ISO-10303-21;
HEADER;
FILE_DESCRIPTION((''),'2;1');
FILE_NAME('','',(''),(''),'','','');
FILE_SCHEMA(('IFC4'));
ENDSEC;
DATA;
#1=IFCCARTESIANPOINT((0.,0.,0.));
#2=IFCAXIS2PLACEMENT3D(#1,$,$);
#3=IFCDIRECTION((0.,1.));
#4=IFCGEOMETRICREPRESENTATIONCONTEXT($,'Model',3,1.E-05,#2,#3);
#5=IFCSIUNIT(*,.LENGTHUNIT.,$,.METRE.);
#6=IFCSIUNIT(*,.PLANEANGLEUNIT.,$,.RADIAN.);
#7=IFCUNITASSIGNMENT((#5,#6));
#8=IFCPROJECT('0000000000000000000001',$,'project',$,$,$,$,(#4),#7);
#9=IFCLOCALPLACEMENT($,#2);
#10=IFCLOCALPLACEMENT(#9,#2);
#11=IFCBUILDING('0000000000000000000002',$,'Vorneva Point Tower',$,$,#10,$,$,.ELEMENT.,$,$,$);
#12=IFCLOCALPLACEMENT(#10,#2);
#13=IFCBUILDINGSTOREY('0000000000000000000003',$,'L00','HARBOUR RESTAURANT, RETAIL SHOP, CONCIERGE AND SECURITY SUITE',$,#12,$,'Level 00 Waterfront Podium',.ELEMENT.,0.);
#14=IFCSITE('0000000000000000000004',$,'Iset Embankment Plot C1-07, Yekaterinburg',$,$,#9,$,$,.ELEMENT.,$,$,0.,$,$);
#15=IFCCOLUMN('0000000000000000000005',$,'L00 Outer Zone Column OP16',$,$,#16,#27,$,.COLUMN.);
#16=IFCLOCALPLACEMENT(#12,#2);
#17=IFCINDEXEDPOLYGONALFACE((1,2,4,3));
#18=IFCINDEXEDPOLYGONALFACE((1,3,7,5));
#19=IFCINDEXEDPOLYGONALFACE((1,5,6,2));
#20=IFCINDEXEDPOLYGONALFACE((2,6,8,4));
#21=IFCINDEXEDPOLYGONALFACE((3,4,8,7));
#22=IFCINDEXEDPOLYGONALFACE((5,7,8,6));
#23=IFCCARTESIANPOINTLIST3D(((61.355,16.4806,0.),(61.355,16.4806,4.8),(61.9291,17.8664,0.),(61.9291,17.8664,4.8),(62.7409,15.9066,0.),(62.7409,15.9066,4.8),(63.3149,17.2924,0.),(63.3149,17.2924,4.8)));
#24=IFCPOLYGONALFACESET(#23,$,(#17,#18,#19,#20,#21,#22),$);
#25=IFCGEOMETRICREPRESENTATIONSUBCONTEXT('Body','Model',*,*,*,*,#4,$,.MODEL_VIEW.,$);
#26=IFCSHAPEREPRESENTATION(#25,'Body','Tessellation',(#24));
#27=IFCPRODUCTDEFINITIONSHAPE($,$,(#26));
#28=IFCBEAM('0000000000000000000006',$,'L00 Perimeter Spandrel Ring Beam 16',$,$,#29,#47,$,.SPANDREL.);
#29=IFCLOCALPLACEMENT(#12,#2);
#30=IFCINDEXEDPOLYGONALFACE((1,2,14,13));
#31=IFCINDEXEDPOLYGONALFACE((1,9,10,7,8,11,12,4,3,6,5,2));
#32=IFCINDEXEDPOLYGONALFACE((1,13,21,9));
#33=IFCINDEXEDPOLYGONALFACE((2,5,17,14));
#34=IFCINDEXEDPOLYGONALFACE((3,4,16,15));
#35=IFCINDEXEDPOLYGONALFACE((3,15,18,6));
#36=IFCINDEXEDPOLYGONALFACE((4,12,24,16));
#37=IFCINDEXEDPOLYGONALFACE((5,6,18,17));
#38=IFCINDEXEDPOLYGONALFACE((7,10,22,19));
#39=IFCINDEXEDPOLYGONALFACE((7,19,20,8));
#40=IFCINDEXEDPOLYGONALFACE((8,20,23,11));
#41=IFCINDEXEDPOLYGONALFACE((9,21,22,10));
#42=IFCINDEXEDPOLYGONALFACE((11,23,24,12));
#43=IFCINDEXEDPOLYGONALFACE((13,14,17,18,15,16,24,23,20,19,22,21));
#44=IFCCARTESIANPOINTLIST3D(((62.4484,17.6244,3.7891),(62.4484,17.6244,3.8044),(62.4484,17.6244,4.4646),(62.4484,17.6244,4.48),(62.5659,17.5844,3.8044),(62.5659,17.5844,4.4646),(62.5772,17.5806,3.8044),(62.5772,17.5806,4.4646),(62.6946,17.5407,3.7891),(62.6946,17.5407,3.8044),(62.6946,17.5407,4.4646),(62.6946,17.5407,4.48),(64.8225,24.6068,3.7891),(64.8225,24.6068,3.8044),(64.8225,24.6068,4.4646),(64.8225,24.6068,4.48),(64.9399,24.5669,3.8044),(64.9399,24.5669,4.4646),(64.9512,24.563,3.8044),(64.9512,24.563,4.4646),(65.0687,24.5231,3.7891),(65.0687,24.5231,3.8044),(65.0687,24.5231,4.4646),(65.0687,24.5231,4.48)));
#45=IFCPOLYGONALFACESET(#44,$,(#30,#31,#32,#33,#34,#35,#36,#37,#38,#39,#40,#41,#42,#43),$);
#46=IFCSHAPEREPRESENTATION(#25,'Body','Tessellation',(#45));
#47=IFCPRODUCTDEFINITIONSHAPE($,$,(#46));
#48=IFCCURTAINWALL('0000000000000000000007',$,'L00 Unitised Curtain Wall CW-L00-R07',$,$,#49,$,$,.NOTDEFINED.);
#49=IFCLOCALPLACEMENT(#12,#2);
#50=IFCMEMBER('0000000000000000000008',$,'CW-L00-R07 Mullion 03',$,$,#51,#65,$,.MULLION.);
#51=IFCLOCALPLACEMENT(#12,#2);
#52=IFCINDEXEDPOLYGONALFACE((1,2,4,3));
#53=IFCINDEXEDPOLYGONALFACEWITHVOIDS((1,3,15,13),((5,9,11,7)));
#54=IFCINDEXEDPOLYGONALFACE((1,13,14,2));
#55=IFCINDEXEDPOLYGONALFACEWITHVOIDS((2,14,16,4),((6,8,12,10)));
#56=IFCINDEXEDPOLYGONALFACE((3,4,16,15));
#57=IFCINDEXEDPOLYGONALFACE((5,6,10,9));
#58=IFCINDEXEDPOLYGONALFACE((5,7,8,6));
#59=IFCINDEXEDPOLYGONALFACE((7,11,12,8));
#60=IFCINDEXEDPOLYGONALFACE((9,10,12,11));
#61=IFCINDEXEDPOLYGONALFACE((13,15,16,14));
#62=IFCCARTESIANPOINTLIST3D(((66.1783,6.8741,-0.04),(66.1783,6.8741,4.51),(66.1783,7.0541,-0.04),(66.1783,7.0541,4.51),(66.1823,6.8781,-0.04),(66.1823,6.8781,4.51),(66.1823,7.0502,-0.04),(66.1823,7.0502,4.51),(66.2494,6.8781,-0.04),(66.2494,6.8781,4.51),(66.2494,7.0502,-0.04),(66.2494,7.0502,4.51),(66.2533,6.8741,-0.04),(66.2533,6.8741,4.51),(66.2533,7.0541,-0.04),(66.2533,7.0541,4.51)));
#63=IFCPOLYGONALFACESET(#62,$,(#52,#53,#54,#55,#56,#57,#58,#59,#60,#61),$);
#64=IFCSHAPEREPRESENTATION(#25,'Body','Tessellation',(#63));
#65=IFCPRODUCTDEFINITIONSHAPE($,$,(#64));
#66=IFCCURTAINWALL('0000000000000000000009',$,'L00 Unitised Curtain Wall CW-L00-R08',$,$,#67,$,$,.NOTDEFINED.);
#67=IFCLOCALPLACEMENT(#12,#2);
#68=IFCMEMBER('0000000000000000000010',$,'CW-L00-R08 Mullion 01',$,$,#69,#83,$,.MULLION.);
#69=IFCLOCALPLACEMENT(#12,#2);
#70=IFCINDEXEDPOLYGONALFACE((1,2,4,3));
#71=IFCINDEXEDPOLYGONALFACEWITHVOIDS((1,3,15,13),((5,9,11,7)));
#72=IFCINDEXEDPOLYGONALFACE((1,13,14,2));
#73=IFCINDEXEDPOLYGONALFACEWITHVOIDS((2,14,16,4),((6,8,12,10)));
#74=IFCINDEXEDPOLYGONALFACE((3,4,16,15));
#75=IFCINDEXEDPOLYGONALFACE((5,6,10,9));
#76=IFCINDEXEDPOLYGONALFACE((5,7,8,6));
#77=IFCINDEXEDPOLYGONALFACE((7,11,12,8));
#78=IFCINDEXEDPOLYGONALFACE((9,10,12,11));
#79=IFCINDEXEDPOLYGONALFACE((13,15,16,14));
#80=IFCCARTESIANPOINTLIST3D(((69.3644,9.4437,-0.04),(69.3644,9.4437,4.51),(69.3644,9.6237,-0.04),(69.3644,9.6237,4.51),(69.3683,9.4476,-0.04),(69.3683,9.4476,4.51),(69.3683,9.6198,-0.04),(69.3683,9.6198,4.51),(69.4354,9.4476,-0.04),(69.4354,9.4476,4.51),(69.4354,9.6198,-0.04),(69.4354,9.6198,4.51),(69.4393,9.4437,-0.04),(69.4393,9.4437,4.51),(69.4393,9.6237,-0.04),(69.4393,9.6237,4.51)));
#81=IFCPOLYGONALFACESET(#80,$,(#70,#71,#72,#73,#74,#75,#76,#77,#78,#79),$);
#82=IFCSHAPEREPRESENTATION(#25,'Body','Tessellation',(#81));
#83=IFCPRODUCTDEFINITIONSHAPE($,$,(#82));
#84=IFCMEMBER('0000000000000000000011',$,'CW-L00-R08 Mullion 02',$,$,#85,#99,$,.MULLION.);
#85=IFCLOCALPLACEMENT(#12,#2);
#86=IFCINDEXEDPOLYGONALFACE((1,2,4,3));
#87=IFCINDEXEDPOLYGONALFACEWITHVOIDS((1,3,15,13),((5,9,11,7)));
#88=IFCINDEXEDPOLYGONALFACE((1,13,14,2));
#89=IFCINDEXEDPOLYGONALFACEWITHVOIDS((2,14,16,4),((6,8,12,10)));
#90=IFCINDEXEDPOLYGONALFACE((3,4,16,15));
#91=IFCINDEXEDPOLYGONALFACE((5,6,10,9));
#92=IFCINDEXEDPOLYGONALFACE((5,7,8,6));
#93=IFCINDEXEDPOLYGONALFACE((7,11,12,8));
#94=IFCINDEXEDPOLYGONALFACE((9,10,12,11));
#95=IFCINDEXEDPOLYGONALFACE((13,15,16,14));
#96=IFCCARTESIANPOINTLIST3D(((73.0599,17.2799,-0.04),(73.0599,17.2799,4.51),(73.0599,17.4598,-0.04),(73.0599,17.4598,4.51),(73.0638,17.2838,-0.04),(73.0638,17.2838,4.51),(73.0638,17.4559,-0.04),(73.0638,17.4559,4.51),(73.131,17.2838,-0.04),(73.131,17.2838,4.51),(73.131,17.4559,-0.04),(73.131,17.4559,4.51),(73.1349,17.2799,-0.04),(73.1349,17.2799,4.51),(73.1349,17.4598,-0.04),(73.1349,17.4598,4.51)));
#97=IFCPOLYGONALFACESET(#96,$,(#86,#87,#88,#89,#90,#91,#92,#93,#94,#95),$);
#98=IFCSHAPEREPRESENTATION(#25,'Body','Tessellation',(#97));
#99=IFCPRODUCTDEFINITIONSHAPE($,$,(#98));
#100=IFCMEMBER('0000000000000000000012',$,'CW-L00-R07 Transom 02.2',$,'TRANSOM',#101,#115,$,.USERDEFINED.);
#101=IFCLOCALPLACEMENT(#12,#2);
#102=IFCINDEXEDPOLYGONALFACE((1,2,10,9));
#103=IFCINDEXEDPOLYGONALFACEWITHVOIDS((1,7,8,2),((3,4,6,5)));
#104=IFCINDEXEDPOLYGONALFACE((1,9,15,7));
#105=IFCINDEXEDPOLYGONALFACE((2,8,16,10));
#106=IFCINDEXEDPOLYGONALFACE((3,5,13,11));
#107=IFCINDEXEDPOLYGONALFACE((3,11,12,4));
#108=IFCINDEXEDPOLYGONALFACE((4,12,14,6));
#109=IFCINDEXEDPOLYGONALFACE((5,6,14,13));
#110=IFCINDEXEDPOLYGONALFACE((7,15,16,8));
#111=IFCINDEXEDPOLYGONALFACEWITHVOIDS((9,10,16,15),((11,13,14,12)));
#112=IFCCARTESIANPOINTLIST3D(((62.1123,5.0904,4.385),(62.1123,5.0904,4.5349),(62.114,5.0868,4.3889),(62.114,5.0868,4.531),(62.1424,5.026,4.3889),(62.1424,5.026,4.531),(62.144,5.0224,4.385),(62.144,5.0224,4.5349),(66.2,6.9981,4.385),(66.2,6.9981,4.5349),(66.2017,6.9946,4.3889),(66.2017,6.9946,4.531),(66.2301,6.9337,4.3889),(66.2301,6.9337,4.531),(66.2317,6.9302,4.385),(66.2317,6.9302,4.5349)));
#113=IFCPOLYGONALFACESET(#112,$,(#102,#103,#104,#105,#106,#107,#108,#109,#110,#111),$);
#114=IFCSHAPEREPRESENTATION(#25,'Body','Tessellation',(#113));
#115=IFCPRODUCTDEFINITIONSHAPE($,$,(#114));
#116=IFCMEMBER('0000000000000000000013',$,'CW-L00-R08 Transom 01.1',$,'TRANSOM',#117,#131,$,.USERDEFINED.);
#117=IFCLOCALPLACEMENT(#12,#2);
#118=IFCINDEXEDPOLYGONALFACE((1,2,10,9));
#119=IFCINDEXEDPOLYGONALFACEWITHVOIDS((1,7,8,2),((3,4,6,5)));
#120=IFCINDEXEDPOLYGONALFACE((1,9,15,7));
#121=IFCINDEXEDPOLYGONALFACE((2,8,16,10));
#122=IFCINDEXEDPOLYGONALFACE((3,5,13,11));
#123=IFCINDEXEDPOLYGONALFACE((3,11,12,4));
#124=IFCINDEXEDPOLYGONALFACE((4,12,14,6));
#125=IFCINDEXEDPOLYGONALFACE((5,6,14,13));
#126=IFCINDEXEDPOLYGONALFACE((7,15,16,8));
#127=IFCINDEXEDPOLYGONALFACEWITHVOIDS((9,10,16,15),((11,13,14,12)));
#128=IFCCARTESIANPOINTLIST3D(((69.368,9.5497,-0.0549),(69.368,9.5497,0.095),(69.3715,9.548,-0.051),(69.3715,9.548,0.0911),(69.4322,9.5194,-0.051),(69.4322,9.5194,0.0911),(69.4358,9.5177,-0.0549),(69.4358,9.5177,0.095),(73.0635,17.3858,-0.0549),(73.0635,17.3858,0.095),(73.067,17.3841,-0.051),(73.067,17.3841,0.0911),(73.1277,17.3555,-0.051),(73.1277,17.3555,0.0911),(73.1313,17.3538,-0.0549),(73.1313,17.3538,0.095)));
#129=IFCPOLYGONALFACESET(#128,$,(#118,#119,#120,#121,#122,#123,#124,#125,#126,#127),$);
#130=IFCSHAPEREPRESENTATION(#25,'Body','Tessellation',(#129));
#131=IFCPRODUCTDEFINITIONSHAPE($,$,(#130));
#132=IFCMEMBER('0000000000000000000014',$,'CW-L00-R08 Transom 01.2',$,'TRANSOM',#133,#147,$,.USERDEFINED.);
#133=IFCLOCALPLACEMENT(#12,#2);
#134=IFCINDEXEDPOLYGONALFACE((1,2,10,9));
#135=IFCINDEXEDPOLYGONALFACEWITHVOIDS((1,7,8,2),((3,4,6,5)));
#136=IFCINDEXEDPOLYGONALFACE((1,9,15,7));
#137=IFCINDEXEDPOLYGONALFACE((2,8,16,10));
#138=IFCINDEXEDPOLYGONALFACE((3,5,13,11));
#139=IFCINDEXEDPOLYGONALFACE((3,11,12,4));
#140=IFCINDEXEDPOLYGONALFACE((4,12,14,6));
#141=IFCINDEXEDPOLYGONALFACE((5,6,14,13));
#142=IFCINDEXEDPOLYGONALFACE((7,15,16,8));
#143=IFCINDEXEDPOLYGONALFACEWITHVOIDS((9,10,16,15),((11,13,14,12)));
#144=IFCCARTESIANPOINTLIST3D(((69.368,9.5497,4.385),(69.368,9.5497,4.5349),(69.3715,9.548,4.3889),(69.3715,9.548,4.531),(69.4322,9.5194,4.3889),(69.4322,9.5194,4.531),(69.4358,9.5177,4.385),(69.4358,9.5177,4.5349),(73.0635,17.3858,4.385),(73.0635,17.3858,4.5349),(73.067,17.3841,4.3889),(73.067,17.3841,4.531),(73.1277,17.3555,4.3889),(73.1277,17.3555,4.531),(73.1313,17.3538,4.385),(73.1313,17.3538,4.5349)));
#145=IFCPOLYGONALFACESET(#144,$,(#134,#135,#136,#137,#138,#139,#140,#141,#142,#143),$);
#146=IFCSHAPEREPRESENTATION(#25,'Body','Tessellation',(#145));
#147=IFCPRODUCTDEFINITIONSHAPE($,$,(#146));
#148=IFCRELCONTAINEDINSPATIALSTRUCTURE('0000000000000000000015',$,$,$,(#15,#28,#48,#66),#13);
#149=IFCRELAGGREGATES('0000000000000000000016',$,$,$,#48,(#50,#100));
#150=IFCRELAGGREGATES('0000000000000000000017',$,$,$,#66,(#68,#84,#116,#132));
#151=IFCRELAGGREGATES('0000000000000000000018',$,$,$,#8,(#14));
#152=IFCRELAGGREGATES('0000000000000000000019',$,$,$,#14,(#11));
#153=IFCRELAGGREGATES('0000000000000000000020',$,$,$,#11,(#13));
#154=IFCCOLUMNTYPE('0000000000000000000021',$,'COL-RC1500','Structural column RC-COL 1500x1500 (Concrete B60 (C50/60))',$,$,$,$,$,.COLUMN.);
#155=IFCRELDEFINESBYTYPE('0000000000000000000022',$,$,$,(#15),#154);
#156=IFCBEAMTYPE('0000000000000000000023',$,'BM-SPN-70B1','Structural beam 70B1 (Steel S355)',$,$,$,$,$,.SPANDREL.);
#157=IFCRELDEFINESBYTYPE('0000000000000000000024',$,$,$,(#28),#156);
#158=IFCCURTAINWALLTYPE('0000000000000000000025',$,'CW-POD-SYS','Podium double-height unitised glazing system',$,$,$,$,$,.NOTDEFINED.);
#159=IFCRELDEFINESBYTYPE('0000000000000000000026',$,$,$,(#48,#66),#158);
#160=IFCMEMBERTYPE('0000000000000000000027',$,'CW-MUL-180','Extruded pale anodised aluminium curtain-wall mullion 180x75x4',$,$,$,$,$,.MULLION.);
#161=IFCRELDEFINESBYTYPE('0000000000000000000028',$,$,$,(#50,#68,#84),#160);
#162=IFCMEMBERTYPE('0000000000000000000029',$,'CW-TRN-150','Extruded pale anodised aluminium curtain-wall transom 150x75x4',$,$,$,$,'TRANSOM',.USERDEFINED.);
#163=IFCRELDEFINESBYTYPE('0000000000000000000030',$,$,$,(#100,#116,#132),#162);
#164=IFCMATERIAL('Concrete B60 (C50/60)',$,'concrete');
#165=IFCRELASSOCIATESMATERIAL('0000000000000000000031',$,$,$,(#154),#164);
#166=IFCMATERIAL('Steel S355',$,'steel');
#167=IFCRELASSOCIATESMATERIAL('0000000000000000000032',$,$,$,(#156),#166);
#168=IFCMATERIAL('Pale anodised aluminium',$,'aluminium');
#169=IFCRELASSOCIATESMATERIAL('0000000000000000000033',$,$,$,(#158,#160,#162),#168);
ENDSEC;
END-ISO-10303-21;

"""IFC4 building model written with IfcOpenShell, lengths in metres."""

from ifc_helpers import new_model, si_unit, direction, frame, origin, origin_2d, place, context, subcontext, project, spatial, rectangle, hollow_rectangle, i_section, extrude, material, material_profile, profile_set, type_object, element, aggregate, save


model = new_model("IFC4")

# Units and contexts
model_context = context("Model", 3, precision=1e-05, world=origin(), true_north=direction((0.0, 1.0)))
body_context = subcontext(model_context, "Body", "Model", "MODEL_VIEW")
ifc_project = project(units=[si_unit("LENGTHUNIT", "METRE"), si_unit("PLANEANGLEUNIT", "RADIAN")], contexts=[model_context])

# Site, building, storey
site_placement = place(None, origin())
site = spatial("IfcSite", under=ifc_project, at=site_placement, Name="Iset Embankment Plot C1-07, Yekaterinburg", CompositionType="ELEMENT", RefElevation=0.0)
building_placement = place(site_placement, origin())
building = spatial("IfcBuilding", under=site, at=building_placement, Name="Vorneva Point Tower", CompositionType="ELEMENT")
storey_placement = place(building_placement, origin())
storey = spatial("IfcBuildingStorey", under=building, at=storey_placement, Name="L00", Description="HARBOUR RESTAURANT, RETAIL SHOP, CONCIERGE AND SECURITY SUITE", LongName="Level 00 Waterfront Podium", CompositionType="ELEMENT", Elevation=0.0)

# Column
ifc_material_1 = material(Name="Concrete B60 (C50/60)", Category="concrete")
ifc_material_profile_1 = material_profile(ifc_material_1, rectangle(XDim=1.5, YDim=1.5, at=origin_2d()), Name="RC-COL 1500x1500")
ifc_profile_set_1 = profile_set([ifc_material_profile_1], Name="Concrete B60 (C50/60)")
column_type = type_object("IfcColumnType", Name="COL-RC1500", Description="Structural column RC-COL 1500x1500 (Concrete B60 (C50/60))", PredefinedType="COLUMN", material=ifc_profile_set_1)
column_placement = place(storey_placement, frame((62.335, 16.8865, 0.0), z_axis=(0.0, 0.0, 1.0), x_axis=(0.92388, -0.382683, 0.0)))
element("IfcColumn", 1, at=column_placement, inside=storey, type_object=column_type, Name="L00 Outer Zone Column OP16", PredefinedType="COLUMN", context=body_context, shape_type="SweptSolid", body=[
    extrude(rectangle(XDim=1.5, YDim=1.5, at=origin_2d()), origin(), (0.0, 0.0, 1.0), 4.8),
])

# Beam
ifc_material_2 = material(Name="Steel S355", Category="steel")
ifc_material_profile_2 = material_profile(ifc_material_2, i_section(OverallWidth=0.26, OverallDepth=0.6909, WebThickness=0.012, FlangeThickness=0.0154, at=origin_2d()), Name="70B1")
ifc_profile_set_2 = profile_set([ifc_material_profile_2], Name="Steel S355")
beam_type = type_object("IfcBeamType", Name="BM-SPN-70B1", Description="Structural beam 70B1 (Steel S355)", PredefinedType="SPANDREL", material=ifc_profile_set_2)
beam_placement = place(storey_placement, frame((62.5715, 17.5825, 4.1345), z_axis=(0.321903, 0.946773, 0.0), x_axis=(-0.946773, 0.321903, 0.0)))
element("IfcBeam", 2, at=beam_placement, inside=storey, type_object=beam_type, Name="L00 Perimeter Spandrel Ring Beam 16", PredefinedType="SPANDREL", context=body_context, shape_type="SweptSolid", body=[
    extrude(i_section(OverallWidth=0.26, OverallDepth=0.6909, WebThickness=0.012, FlangeThickness=0.0154, at=origin_2d()), origin(), (0.0, 0.0, 1.0), 7.375),
])

# Curtain wall, member
ifc_material_3 = material(Name="Pale anodised aluminium", Category="aluminium")
curtain_wall_type = type_object("IfcCurtainWallType", Name="CW-POD-SYS", Description="Podium double-height unitised glazing system", PredefinedType="NOTDEFINED", material=ifc_material_3)
curtain_wall_1_placement = place(storey_placement, origin())
curtain_wall_1 = element("IfcCurtainWall", 3, at=curtain_wall_1_placement, inside=storey, type_object=curtain_wall_type, Name="L00 Unitised Curtain Wall CW-L00-R07", PredefinedType="NOTDEFINED")
ifc_material_profile_3 = material_profile(ifc_material_3, hollow_rectangle(XDim=0.075, YDim=0.1799, WallThickness=0.0039, at=origin_2d()), Name="AL-MUL 180x75x4")
ifc_profile_set_3 = profile_set([ifc_material_profile_3], Name="Pale anodised aluminium")
member_type_1 = type_object("IfcMemberType", Name="CW-MUL-180", Description="Extruded pale anodised aluminium curtain-wall mullion 180x75x4", PredefinedType="MULLION", material=ifc_profile_set_3)
member_1_placement = place(storey_placement, frame((66.2158, 6.9641, -0.04), z_axis=(0.0, 0.0, 1.0), x_axis=(1.0, 0.0, 0.0)))
member_1 = element("IfcMember", 4, at=member_1_placement, type_object=member_type_1, Name="CW-L00-R07 Mullion 03", PredefinedType="MULLION", context=body_context, shape_type="SweptSolid", body=[
    extrude(hollow_rectangle(XDim=0.075, YDim=0.1799, WallThickness=0.0039, at=origin_2d()), origin(), (0.0, 0.0, 1.0), 4.55),
])

# Curtain wall, members
curtain_wall_2_placement = place(storey_placement, origin())
curtain_wall_2 = element("IfcCurtainWall", 5, at=curtain_wall_2_placement, inside=storey, type_object=curtain_wall_type, Name="L00 Unitised Curtain Wall CW-L00-R08", PredefinedType="NOTDEFINED")
member_2_placement = place(storey_placement, frame((69.4019, 9.5337, -0.04), z_axis=(0.0, 0.0, 1.0), x_axis=(1.0, 0.0, 0.0)))
member_2 = element("IfcMember", 6, at=member_2_placement, type_object=member_type_1, Name="CW-L00-R08 Mullion 01", PredefinedType="MULLION", context=body_context, shape_type="SweptSolid", body=[
    extrude(hollow_rectangle(XDim=0.075, YDim=0.1799, WallThickness=0.0039, at=origin_2d()), origin(), (0.0, 0.0, 1.0), 4.55),
])
member_3_placement = place(storey_placement, frame((73.0974, 17.3699, -0.04), z_axis=(0.0, 0.0, 1.0), x_axis=(1.0, 0.0, 0.0)))
member_3 = element("IfcMember", 7, at=member_3_placement, type_object=member_type_1, Name="CW-L00-R08 Mullion 02", PredefinedType="MULLION", context=body_context, shape_type="SweptSolid", body=[
    extrude(hollow_rectangle(XDim=0.075, YDim=0.1799, WallThickness=0.0039, at=origin_2d()), origin(), (0.0, 0.0, 1.0), 4.55),
])

# Members
ifc_material_profile_4 = material_profile(ifc_material_3, hollow_rectangle(XDim=0.075, YDim=0.1499, WallThickness=0.0039, at=origin_2d()), Name="AL-TRN 150x75x4")
ifc_profile_set_4 = profile_set([ifc_material_profile_4], Name="Pale anodised aluminium")
member_type_2 = type_object("IfcMemberType", Name="CW-TRN-150", Description="Extruded pale anodised aluminium curtain-wall transom 150x75x4", ElementType="TRANSOM", PredefinedType="USERDEFINED", material=ifc_profile_set_4)
member_4_placement = place(storey_placement, frame((62.1282, 5.0564, 4.46), z_axis=(0.906171, 0.422912, 0.0), x_axis=(-0.422912, 0.906171, 0.0)))
member_4 = element("IfcMember", 8, at=member_4_placement, type_object=member_type_2, Name="CW-L00-R07 Transom 02.2", ObjectType="TRANSOM", PredefinedType="USERDEFINED", context=body_context, shape_type="SweptSolid", body=[
    extrude(hollow_rectangle(XDim=0.075, YDim=0.1499, WallThickness=0.0039, at=origin_2d()), origin(), (0.0, 0.0, 1.0), 4.511),
])
member_5_placement = place(storey_placement, frame((69.4019, 9.5337, 0.02), z_axis=(0.426547, 0.904465, 0.0), x_axis=(-0.904465, 0.426547, 0.0)))
member_5 = element("IfcMember", 9, at=member_5_placement, type_object=member_type_2, Name="CW-L00-R08 Transom 01.1", ObjectType="TRANSOM", PredefinedType="USERDEFINED", context=body_context, shape_type="SweptSolid", body=[
    extrude(hollow_rectangle(XDim=0.075, YDim=0.1499, WallThickness=0.0039, at=origin_2d()), origin(), (0.0, 0.0, 1.0), 8.6638),
])
member_6_placement = place(storey_placement, frame((69.4019, 9.5337, 4.46), z_axis=(0.426547, 0.904465, 0.0), x_axis=(-0.904465, 0.426547, 0.0)))
member_6 = element("IfcMember", 10, at=member_6_placement, type_object=member_type_2, Name="CW-L00-R08 Transom 01.2", ObjectType="TRANSOM", PredefinedType="USERDEFINED", context=body_context, shape_type="SweptSolid", body=[
    extrude(hollow_rectangle(XDim=0.075, YDim=0.1499, WallThickness=0.0039, at=origin_2d()), origin(), (0.0, 0.0, 1.0), 8.6638),
])

aggregate(curtain_wall_1, [member_1, member_4])
aggregate(curtain_wall_2, [member_2, member_3, member_5, member_6])

save(model, "model.ifc")
